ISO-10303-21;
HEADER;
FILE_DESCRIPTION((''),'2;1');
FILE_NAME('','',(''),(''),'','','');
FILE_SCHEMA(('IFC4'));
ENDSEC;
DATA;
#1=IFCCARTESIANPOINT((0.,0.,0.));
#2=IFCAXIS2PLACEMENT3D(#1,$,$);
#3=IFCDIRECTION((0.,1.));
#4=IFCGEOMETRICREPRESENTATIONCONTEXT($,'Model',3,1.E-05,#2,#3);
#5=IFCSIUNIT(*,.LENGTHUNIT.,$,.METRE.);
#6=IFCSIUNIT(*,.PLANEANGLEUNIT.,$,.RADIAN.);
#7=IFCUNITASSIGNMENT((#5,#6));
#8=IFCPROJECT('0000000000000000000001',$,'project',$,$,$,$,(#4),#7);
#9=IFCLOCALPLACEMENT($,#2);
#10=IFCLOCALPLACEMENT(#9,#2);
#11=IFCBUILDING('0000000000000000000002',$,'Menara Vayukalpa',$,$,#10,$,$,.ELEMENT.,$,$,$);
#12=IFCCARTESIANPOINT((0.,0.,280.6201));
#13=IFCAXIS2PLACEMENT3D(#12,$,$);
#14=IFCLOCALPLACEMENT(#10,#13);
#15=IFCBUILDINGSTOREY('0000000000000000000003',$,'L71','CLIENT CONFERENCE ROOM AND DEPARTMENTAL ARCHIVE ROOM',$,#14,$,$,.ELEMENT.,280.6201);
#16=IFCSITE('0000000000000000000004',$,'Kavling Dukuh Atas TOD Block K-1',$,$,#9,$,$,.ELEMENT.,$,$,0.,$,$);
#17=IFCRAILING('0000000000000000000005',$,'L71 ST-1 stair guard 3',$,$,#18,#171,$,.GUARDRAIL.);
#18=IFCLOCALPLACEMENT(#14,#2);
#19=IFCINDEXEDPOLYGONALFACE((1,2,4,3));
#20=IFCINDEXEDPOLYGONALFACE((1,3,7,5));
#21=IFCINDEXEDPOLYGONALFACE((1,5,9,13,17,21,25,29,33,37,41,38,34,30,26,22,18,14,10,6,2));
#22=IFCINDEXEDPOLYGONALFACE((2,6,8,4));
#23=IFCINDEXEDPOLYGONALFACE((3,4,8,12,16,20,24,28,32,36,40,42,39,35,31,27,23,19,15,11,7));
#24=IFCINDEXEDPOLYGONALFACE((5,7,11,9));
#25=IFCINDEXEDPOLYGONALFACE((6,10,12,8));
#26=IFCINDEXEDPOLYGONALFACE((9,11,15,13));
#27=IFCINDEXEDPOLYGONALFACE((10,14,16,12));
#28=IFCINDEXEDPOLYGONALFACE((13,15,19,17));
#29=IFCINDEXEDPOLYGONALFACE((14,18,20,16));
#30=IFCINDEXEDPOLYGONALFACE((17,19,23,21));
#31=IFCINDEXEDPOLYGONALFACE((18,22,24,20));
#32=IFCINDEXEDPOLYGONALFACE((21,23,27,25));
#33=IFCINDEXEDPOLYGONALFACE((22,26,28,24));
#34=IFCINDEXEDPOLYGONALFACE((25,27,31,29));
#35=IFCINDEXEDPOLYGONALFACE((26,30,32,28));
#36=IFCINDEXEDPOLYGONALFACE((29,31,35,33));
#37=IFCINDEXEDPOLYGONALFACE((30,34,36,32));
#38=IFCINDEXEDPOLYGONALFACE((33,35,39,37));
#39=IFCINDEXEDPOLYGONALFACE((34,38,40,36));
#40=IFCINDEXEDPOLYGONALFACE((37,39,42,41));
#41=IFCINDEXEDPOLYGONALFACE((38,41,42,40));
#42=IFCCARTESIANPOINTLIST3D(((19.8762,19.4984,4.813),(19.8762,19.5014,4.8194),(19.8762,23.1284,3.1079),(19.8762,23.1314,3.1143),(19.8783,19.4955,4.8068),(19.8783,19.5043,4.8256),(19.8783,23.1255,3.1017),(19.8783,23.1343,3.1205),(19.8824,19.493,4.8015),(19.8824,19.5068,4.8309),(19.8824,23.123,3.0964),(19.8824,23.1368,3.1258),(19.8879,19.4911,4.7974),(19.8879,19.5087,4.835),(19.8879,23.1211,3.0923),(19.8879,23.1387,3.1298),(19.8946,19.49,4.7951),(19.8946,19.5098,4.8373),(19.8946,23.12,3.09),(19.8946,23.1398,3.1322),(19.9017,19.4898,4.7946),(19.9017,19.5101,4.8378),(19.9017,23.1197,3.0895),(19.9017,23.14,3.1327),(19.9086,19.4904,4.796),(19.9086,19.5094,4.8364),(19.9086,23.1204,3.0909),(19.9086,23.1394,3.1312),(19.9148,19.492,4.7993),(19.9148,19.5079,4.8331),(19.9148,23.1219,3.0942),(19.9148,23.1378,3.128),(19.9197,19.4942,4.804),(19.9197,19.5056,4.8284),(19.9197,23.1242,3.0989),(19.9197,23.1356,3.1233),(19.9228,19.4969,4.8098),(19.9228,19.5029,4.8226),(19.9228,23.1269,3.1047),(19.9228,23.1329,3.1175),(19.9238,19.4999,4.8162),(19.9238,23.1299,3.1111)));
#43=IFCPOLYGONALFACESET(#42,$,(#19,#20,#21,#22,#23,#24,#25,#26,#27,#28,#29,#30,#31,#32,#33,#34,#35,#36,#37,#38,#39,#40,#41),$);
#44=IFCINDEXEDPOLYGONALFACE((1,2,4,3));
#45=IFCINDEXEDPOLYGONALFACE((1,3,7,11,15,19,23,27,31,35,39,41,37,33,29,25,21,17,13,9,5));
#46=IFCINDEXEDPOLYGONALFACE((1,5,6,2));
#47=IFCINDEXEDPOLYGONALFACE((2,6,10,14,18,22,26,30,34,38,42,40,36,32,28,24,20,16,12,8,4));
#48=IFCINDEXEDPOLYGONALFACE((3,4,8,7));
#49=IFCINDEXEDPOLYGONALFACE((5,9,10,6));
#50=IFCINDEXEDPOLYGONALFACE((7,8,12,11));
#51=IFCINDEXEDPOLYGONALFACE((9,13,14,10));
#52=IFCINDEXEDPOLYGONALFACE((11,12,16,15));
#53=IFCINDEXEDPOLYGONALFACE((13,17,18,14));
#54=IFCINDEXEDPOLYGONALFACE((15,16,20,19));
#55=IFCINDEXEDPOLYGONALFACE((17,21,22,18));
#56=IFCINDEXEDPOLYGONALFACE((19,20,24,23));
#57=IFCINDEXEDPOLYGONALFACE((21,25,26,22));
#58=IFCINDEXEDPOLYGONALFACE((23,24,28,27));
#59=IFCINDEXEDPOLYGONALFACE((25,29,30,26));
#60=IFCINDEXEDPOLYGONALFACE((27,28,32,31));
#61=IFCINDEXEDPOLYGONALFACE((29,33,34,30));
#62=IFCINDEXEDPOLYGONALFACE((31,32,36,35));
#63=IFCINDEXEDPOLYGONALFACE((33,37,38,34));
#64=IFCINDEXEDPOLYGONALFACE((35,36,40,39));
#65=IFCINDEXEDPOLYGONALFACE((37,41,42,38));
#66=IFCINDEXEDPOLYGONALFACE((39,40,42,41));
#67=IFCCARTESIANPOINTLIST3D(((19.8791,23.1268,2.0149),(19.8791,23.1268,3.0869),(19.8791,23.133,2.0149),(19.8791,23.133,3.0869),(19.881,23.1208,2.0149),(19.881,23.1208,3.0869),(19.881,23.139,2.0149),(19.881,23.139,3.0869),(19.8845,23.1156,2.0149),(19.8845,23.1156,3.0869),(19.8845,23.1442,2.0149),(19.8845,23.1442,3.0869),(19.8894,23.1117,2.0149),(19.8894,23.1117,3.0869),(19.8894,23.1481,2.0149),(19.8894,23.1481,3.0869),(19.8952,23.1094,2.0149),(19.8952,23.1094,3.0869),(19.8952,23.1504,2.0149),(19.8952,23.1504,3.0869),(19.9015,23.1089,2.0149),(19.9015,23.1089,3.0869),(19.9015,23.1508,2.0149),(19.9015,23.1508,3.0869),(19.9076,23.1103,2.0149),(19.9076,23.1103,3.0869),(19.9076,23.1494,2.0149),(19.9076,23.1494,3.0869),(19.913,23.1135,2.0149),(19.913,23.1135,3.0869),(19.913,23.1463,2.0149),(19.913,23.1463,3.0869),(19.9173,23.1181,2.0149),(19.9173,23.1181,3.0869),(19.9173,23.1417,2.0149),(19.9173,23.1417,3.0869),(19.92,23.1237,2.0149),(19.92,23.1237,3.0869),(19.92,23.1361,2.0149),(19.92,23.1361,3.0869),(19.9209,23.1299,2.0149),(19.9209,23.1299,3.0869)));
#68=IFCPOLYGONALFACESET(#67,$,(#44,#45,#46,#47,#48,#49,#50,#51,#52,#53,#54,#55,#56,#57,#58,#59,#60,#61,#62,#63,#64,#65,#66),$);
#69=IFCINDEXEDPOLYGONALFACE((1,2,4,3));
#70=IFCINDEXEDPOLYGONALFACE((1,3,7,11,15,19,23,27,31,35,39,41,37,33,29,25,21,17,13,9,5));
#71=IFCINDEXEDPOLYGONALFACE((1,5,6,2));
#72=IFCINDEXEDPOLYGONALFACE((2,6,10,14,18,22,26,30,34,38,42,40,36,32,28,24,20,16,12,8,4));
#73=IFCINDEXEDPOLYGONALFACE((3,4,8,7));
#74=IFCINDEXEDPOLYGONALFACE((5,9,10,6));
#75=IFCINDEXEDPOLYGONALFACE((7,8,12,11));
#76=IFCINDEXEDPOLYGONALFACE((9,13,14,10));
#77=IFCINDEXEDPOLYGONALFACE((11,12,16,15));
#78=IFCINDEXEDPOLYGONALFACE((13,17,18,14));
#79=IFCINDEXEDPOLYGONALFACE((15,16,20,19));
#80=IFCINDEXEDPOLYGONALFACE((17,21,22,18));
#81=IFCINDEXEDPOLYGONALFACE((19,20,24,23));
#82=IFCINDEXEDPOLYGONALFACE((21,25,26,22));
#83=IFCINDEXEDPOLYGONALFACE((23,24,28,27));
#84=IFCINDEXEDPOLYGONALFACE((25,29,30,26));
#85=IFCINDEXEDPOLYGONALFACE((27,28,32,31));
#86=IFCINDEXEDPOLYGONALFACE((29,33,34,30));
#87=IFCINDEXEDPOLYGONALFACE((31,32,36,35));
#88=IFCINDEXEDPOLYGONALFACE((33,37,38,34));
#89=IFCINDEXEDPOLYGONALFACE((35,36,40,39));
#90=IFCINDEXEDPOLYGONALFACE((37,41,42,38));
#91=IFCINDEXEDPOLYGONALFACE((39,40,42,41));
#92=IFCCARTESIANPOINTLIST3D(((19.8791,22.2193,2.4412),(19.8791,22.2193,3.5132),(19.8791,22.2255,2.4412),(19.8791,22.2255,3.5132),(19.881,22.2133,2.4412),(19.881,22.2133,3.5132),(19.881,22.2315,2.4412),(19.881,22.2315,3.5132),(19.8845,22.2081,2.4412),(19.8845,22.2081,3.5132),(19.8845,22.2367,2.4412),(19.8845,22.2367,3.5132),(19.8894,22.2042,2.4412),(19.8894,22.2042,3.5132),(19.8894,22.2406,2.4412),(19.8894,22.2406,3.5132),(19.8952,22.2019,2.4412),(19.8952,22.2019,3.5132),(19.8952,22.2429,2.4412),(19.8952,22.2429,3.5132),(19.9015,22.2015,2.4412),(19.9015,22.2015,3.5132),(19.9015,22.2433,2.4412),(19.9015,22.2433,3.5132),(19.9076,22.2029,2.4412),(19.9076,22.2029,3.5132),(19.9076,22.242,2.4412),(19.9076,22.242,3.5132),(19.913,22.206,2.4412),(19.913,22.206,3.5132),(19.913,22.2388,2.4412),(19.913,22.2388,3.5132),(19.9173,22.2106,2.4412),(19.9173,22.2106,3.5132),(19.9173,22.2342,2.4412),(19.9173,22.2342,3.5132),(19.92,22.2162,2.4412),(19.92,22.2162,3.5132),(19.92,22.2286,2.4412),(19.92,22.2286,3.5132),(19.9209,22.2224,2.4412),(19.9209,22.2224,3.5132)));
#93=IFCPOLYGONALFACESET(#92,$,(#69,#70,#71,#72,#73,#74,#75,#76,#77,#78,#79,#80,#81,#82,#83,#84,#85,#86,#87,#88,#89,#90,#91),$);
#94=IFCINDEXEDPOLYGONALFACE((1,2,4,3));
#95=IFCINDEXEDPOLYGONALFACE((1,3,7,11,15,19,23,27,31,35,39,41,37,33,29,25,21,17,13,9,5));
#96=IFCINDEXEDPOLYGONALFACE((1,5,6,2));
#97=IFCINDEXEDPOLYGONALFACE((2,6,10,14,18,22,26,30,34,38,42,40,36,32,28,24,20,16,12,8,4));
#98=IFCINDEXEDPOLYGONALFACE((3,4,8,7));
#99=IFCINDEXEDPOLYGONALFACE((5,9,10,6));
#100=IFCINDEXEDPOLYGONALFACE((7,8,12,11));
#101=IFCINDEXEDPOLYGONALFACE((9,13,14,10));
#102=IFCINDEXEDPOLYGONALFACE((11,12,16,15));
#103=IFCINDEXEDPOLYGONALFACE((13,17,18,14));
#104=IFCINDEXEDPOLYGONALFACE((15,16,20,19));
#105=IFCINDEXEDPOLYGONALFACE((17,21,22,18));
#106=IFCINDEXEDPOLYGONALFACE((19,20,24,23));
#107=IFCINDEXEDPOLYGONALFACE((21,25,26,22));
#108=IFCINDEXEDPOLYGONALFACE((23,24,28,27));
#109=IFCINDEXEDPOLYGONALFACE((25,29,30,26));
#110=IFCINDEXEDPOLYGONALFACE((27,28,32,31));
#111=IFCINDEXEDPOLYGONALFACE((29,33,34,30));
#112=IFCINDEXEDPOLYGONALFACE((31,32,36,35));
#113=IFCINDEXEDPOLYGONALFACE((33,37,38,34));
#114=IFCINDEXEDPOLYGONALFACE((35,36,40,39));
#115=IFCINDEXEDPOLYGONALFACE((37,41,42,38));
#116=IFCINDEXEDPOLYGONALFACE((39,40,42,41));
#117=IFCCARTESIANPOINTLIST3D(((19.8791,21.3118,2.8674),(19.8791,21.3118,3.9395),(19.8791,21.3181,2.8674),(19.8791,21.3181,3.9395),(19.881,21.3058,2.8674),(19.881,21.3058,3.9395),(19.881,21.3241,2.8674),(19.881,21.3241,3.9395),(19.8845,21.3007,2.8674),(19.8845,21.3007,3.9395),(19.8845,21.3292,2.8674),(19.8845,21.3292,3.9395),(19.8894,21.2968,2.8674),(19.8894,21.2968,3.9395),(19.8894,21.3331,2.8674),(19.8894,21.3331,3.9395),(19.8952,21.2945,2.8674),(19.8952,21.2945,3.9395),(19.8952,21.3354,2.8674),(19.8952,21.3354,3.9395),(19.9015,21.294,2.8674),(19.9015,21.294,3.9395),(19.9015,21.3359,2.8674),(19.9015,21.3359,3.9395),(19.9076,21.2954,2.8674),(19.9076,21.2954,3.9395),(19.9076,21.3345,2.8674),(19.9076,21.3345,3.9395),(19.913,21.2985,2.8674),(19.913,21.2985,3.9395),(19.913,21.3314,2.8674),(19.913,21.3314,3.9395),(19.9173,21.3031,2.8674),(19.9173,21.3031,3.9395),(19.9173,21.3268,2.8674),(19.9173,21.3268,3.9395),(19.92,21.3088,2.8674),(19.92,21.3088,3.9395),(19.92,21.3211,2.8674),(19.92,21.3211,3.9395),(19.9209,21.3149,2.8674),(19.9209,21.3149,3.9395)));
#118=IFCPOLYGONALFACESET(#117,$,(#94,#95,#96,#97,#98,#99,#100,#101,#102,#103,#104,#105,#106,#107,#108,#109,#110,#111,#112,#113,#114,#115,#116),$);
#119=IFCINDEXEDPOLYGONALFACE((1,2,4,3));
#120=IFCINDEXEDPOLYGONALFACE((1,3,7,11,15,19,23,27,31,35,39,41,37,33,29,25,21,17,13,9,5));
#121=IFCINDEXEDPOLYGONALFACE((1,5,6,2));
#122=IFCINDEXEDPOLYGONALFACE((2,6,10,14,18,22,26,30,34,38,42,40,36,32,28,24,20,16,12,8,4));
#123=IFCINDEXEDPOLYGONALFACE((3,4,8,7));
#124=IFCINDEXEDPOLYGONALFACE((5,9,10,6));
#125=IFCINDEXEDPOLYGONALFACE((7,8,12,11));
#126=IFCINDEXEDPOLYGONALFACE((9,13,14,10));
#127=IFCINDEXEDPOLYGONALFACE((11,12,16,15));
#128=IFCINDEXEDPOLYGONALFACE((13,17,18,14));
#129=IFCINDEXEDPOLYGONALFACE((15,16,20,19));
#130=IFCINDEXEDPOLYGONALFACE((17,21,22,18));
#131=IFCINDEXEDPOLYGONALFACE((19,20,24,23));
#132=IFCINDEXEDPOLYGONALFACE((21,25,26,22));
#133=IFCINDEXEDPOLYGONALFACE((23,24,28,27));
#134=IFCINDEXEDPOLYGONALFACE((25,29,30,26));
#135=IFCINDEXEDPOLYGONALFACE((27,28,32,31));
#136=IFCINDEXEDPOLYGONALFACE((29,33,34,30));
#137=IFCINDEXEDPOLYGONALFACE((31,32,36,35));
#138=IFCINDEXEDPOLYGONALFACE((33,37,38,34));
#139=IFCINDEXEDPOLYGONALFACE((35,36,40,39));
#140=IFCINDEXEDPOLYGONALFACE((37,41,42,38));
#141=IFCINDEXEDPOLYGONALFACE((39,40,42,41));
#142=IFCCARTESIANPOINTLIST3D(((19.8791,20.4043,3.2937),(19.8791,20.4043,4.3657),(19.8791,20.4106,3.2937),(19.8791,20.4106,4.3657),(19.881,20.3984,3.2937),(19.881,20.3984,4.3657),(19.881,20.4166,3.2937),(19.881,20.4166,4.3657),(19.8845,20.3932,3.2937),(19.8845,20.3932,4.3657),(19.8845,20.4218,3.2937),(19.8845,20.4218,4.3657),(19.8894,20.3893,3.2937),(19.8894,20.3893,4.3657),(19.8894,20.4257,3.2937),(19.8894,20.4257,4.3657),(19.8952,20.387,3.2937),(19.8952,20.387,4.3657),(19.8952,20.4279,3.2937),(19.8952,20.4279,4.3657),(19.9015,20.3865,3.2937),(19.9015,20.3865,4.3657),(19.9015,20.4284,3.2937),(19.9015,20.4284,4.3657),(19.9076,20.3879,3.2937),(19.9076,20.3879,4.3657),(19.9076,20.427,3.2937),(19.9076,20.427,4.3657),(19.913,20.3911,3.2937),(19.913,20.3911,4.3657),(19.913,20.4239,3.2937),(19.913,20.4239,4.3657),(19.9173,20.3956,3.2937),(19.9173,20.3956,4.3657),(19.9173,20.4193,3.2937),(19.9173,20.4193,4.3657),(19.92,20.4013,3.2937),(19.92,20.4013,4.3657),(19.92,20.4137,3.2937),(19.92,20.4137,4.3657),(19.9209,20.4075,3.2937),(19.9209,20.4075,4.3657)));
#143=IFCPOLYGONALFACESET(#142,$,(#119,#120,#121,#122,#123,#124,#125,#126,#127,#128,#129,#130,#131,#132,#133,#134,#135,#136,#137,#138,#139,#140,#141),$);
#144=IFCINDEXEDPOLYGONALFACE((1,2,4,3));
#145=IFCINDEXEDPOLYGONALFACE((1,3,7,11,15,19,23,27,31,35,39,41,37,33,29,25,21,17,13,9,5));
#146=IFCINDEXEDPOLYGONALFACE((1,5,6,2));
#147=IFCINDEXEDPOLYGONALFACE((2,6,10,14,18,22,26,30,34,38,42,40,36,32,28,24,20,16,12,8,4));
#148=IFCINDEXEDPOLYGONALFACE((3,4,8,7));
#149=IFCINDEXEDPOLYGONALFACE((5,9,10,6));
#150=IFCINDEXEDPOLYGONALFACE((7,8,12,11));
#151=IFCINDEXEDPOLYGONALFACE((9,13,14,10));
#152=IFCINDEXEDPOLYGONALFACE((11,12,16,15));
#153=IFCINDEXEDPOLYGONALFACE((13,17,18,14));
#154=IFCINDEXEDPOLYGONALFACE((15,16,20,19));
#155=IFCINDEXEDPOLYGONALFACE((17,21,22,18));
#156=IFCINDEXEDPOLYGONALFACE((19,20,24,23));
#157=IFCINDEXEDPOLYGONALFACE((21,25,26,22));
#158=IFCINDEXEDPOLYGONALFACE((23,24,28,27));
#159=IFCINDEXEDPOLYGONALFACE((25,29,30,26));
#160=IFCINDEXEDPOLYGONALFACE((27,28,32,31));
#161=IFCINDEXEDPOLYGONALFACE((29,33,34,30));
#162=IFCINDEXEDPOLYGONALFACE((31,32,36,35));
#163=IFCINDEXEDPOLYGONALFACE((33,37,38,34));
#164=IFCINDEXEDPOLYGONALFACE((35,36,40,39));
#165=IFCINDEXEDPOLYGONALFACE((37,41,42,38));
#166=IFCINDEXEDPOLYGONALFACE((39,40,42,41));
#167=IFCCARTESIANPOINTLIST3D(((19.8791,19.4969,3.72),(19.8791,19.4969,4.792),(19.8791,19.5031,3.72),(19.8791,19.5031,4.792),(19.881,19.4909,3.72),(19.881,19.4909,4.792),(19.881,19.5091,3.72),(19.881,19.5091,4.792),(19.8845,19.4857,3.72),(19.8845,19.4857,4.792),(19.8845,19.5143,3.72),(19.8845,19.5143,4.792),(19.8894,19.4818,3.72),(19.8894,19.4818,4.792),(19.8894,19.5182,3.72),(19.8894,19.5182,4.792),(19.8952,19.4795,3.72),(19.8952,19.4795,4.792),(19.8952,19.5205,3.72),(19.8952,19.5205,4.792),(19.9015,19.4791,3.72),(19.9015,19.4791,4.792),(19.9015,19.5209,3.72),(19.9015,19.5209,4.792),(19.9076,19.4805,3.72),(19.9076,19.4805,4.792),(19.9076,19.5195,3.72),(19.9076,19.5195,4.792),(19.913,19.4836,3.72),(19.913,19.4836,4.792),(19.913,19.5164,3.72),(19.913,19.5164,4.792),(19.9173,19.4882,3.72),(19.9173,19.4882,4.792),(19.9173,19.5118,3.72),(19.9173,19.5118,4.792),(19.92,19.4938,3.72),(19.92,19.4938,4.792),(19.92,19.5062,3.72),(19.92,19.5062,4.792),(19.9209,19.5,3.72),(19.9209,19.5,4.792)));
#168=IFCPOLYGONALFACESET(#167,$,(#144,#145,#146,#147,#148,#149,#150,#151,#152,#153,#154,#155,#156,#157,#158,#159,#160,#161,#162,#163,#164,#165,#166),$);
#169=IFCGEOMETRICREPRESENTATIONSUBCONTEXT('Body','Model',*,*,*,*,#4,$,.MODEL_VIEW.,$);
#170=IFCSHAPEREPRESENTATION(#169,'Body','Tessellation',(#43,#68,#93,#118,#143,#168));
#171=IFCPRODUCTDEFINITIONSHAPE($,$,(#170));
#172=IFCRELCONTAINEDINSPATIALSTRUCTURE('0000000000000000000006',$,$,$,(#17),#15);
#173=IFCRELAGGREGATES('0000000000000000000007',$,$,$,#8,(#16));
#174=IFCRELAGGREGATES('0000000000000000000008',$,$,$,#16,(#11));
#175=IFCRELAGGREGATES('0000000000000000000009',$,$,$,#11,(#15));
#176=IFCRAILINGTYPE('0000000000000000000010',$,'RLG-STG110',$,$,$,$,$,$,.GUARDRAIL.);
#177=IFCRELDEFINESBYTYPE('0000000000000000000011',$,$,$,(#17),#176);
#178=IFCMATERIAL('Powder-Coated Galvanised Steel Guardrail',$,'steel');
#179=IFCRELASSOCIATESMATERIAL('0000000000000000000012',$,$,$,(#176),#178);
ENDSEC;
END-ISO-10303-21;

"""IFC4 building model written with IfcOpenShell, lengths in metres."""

from ifc_helpers import new_model, si_unit, direction, frame, origin, origin_2d, place, context, subcontext, project, spatial, circle, extrude, material, type_object, element, save


model = new_model("IFC4")

# Units and contexts
model_context = context("Model", 3, precision=1e-05, world=origin(), true_north=direction((0.0, 1.0)))
body_context = subcontext(model_context, "Body", "Model", "MODEL_VIEW")
ifc_project = project(units=[si_unit("LENGTHUNIT", "METRE"), si_unit("PLANEANGLEUNIT", "RADIAN")], contexts=[model_context])

# Site, building, storey
site_placement = place(None, origin())
site = spatial("IfcSite", under=ifc_project, at=site_placement, Name="Kavling Dukuh Atas TOD Block K-1", CompositionType="ELEMENT", RefElevation=0.0)
building_placement = place(site_placement, origin())
building = spatial("IfcBuilding", under=site, at=building_placement, Name="Menara Vayukalpa", CompositionType="ELEMENT")
storey_placement = place(building_placement, frame((0.0, 0.0, 280.6201)))
storey = spatial("IfcBuildingStorey", under=building, at=storey_placement, Name="L71", Description="CLIENT CONFERENCE ROOM AND DEPARTMENTAL ARCHIVE ROOM", CompositionType="ELEMENT", Elevation=280.6201)

# Railing
ifc_material_1 = material(Name="Powder-Coated Galvanised Steel Guardrail", Category="steel")
railing_type_1 = type_object("IfcRailingType", Name="RLG-STG110", PredefinedType="GUARDRAIL", material=ifc_material_1)
railing_1_placement = place(storey_placement, frame((19.8999, 23.1299, 2.0149)))
element("IfcRailing", 1, at=railing_1_placement, inside=storey, type_object=railing_type_1, Name="L71 ST-1 stair guard 3", PredefinedType="GUARDRAIL", context=body_context, shape_type="SweptSolid", body=[
    extrude(circle(Radius=0.0239, at=origin_2d()), frame((0.0, 0.0, 1.0962), z_axis=(0.0, -0.905116, 0.425164), x_axis=(1.0, 0.0, 0.0)), (0.0, 0.0, 1.0), 4.0105),
    extrude(circle(Radius=0.021, at=origin_2d()), origin(), (0.0, 0.0, 1.0), 1.072),
    extrude(circle(Radius=0.021, at=origin_2d()), frame((0.0, -0.9075, 0.4263)), (0.0, 0.0, 1.0), 1.072),
    extrude(circle(Radius=0.021, at=origin_2d()), frame((0.0, -1.8149, 0.8525)), (0.0, 0.0, 1.0), 1.072),
    extrude(circle(Radius=0.021, at=origin_2d()), frame((0.0, -2.7224, 1.2788)), (0.0, 0.0, 1.0), 1.072),
    extrude(circle(Radius=0.021, at=origin_2d()), frame((0.0, -3.6299, 1.7051)), (0.0, 0.0, 1.0), 1.072),
])

save(model, "model.ifc")
